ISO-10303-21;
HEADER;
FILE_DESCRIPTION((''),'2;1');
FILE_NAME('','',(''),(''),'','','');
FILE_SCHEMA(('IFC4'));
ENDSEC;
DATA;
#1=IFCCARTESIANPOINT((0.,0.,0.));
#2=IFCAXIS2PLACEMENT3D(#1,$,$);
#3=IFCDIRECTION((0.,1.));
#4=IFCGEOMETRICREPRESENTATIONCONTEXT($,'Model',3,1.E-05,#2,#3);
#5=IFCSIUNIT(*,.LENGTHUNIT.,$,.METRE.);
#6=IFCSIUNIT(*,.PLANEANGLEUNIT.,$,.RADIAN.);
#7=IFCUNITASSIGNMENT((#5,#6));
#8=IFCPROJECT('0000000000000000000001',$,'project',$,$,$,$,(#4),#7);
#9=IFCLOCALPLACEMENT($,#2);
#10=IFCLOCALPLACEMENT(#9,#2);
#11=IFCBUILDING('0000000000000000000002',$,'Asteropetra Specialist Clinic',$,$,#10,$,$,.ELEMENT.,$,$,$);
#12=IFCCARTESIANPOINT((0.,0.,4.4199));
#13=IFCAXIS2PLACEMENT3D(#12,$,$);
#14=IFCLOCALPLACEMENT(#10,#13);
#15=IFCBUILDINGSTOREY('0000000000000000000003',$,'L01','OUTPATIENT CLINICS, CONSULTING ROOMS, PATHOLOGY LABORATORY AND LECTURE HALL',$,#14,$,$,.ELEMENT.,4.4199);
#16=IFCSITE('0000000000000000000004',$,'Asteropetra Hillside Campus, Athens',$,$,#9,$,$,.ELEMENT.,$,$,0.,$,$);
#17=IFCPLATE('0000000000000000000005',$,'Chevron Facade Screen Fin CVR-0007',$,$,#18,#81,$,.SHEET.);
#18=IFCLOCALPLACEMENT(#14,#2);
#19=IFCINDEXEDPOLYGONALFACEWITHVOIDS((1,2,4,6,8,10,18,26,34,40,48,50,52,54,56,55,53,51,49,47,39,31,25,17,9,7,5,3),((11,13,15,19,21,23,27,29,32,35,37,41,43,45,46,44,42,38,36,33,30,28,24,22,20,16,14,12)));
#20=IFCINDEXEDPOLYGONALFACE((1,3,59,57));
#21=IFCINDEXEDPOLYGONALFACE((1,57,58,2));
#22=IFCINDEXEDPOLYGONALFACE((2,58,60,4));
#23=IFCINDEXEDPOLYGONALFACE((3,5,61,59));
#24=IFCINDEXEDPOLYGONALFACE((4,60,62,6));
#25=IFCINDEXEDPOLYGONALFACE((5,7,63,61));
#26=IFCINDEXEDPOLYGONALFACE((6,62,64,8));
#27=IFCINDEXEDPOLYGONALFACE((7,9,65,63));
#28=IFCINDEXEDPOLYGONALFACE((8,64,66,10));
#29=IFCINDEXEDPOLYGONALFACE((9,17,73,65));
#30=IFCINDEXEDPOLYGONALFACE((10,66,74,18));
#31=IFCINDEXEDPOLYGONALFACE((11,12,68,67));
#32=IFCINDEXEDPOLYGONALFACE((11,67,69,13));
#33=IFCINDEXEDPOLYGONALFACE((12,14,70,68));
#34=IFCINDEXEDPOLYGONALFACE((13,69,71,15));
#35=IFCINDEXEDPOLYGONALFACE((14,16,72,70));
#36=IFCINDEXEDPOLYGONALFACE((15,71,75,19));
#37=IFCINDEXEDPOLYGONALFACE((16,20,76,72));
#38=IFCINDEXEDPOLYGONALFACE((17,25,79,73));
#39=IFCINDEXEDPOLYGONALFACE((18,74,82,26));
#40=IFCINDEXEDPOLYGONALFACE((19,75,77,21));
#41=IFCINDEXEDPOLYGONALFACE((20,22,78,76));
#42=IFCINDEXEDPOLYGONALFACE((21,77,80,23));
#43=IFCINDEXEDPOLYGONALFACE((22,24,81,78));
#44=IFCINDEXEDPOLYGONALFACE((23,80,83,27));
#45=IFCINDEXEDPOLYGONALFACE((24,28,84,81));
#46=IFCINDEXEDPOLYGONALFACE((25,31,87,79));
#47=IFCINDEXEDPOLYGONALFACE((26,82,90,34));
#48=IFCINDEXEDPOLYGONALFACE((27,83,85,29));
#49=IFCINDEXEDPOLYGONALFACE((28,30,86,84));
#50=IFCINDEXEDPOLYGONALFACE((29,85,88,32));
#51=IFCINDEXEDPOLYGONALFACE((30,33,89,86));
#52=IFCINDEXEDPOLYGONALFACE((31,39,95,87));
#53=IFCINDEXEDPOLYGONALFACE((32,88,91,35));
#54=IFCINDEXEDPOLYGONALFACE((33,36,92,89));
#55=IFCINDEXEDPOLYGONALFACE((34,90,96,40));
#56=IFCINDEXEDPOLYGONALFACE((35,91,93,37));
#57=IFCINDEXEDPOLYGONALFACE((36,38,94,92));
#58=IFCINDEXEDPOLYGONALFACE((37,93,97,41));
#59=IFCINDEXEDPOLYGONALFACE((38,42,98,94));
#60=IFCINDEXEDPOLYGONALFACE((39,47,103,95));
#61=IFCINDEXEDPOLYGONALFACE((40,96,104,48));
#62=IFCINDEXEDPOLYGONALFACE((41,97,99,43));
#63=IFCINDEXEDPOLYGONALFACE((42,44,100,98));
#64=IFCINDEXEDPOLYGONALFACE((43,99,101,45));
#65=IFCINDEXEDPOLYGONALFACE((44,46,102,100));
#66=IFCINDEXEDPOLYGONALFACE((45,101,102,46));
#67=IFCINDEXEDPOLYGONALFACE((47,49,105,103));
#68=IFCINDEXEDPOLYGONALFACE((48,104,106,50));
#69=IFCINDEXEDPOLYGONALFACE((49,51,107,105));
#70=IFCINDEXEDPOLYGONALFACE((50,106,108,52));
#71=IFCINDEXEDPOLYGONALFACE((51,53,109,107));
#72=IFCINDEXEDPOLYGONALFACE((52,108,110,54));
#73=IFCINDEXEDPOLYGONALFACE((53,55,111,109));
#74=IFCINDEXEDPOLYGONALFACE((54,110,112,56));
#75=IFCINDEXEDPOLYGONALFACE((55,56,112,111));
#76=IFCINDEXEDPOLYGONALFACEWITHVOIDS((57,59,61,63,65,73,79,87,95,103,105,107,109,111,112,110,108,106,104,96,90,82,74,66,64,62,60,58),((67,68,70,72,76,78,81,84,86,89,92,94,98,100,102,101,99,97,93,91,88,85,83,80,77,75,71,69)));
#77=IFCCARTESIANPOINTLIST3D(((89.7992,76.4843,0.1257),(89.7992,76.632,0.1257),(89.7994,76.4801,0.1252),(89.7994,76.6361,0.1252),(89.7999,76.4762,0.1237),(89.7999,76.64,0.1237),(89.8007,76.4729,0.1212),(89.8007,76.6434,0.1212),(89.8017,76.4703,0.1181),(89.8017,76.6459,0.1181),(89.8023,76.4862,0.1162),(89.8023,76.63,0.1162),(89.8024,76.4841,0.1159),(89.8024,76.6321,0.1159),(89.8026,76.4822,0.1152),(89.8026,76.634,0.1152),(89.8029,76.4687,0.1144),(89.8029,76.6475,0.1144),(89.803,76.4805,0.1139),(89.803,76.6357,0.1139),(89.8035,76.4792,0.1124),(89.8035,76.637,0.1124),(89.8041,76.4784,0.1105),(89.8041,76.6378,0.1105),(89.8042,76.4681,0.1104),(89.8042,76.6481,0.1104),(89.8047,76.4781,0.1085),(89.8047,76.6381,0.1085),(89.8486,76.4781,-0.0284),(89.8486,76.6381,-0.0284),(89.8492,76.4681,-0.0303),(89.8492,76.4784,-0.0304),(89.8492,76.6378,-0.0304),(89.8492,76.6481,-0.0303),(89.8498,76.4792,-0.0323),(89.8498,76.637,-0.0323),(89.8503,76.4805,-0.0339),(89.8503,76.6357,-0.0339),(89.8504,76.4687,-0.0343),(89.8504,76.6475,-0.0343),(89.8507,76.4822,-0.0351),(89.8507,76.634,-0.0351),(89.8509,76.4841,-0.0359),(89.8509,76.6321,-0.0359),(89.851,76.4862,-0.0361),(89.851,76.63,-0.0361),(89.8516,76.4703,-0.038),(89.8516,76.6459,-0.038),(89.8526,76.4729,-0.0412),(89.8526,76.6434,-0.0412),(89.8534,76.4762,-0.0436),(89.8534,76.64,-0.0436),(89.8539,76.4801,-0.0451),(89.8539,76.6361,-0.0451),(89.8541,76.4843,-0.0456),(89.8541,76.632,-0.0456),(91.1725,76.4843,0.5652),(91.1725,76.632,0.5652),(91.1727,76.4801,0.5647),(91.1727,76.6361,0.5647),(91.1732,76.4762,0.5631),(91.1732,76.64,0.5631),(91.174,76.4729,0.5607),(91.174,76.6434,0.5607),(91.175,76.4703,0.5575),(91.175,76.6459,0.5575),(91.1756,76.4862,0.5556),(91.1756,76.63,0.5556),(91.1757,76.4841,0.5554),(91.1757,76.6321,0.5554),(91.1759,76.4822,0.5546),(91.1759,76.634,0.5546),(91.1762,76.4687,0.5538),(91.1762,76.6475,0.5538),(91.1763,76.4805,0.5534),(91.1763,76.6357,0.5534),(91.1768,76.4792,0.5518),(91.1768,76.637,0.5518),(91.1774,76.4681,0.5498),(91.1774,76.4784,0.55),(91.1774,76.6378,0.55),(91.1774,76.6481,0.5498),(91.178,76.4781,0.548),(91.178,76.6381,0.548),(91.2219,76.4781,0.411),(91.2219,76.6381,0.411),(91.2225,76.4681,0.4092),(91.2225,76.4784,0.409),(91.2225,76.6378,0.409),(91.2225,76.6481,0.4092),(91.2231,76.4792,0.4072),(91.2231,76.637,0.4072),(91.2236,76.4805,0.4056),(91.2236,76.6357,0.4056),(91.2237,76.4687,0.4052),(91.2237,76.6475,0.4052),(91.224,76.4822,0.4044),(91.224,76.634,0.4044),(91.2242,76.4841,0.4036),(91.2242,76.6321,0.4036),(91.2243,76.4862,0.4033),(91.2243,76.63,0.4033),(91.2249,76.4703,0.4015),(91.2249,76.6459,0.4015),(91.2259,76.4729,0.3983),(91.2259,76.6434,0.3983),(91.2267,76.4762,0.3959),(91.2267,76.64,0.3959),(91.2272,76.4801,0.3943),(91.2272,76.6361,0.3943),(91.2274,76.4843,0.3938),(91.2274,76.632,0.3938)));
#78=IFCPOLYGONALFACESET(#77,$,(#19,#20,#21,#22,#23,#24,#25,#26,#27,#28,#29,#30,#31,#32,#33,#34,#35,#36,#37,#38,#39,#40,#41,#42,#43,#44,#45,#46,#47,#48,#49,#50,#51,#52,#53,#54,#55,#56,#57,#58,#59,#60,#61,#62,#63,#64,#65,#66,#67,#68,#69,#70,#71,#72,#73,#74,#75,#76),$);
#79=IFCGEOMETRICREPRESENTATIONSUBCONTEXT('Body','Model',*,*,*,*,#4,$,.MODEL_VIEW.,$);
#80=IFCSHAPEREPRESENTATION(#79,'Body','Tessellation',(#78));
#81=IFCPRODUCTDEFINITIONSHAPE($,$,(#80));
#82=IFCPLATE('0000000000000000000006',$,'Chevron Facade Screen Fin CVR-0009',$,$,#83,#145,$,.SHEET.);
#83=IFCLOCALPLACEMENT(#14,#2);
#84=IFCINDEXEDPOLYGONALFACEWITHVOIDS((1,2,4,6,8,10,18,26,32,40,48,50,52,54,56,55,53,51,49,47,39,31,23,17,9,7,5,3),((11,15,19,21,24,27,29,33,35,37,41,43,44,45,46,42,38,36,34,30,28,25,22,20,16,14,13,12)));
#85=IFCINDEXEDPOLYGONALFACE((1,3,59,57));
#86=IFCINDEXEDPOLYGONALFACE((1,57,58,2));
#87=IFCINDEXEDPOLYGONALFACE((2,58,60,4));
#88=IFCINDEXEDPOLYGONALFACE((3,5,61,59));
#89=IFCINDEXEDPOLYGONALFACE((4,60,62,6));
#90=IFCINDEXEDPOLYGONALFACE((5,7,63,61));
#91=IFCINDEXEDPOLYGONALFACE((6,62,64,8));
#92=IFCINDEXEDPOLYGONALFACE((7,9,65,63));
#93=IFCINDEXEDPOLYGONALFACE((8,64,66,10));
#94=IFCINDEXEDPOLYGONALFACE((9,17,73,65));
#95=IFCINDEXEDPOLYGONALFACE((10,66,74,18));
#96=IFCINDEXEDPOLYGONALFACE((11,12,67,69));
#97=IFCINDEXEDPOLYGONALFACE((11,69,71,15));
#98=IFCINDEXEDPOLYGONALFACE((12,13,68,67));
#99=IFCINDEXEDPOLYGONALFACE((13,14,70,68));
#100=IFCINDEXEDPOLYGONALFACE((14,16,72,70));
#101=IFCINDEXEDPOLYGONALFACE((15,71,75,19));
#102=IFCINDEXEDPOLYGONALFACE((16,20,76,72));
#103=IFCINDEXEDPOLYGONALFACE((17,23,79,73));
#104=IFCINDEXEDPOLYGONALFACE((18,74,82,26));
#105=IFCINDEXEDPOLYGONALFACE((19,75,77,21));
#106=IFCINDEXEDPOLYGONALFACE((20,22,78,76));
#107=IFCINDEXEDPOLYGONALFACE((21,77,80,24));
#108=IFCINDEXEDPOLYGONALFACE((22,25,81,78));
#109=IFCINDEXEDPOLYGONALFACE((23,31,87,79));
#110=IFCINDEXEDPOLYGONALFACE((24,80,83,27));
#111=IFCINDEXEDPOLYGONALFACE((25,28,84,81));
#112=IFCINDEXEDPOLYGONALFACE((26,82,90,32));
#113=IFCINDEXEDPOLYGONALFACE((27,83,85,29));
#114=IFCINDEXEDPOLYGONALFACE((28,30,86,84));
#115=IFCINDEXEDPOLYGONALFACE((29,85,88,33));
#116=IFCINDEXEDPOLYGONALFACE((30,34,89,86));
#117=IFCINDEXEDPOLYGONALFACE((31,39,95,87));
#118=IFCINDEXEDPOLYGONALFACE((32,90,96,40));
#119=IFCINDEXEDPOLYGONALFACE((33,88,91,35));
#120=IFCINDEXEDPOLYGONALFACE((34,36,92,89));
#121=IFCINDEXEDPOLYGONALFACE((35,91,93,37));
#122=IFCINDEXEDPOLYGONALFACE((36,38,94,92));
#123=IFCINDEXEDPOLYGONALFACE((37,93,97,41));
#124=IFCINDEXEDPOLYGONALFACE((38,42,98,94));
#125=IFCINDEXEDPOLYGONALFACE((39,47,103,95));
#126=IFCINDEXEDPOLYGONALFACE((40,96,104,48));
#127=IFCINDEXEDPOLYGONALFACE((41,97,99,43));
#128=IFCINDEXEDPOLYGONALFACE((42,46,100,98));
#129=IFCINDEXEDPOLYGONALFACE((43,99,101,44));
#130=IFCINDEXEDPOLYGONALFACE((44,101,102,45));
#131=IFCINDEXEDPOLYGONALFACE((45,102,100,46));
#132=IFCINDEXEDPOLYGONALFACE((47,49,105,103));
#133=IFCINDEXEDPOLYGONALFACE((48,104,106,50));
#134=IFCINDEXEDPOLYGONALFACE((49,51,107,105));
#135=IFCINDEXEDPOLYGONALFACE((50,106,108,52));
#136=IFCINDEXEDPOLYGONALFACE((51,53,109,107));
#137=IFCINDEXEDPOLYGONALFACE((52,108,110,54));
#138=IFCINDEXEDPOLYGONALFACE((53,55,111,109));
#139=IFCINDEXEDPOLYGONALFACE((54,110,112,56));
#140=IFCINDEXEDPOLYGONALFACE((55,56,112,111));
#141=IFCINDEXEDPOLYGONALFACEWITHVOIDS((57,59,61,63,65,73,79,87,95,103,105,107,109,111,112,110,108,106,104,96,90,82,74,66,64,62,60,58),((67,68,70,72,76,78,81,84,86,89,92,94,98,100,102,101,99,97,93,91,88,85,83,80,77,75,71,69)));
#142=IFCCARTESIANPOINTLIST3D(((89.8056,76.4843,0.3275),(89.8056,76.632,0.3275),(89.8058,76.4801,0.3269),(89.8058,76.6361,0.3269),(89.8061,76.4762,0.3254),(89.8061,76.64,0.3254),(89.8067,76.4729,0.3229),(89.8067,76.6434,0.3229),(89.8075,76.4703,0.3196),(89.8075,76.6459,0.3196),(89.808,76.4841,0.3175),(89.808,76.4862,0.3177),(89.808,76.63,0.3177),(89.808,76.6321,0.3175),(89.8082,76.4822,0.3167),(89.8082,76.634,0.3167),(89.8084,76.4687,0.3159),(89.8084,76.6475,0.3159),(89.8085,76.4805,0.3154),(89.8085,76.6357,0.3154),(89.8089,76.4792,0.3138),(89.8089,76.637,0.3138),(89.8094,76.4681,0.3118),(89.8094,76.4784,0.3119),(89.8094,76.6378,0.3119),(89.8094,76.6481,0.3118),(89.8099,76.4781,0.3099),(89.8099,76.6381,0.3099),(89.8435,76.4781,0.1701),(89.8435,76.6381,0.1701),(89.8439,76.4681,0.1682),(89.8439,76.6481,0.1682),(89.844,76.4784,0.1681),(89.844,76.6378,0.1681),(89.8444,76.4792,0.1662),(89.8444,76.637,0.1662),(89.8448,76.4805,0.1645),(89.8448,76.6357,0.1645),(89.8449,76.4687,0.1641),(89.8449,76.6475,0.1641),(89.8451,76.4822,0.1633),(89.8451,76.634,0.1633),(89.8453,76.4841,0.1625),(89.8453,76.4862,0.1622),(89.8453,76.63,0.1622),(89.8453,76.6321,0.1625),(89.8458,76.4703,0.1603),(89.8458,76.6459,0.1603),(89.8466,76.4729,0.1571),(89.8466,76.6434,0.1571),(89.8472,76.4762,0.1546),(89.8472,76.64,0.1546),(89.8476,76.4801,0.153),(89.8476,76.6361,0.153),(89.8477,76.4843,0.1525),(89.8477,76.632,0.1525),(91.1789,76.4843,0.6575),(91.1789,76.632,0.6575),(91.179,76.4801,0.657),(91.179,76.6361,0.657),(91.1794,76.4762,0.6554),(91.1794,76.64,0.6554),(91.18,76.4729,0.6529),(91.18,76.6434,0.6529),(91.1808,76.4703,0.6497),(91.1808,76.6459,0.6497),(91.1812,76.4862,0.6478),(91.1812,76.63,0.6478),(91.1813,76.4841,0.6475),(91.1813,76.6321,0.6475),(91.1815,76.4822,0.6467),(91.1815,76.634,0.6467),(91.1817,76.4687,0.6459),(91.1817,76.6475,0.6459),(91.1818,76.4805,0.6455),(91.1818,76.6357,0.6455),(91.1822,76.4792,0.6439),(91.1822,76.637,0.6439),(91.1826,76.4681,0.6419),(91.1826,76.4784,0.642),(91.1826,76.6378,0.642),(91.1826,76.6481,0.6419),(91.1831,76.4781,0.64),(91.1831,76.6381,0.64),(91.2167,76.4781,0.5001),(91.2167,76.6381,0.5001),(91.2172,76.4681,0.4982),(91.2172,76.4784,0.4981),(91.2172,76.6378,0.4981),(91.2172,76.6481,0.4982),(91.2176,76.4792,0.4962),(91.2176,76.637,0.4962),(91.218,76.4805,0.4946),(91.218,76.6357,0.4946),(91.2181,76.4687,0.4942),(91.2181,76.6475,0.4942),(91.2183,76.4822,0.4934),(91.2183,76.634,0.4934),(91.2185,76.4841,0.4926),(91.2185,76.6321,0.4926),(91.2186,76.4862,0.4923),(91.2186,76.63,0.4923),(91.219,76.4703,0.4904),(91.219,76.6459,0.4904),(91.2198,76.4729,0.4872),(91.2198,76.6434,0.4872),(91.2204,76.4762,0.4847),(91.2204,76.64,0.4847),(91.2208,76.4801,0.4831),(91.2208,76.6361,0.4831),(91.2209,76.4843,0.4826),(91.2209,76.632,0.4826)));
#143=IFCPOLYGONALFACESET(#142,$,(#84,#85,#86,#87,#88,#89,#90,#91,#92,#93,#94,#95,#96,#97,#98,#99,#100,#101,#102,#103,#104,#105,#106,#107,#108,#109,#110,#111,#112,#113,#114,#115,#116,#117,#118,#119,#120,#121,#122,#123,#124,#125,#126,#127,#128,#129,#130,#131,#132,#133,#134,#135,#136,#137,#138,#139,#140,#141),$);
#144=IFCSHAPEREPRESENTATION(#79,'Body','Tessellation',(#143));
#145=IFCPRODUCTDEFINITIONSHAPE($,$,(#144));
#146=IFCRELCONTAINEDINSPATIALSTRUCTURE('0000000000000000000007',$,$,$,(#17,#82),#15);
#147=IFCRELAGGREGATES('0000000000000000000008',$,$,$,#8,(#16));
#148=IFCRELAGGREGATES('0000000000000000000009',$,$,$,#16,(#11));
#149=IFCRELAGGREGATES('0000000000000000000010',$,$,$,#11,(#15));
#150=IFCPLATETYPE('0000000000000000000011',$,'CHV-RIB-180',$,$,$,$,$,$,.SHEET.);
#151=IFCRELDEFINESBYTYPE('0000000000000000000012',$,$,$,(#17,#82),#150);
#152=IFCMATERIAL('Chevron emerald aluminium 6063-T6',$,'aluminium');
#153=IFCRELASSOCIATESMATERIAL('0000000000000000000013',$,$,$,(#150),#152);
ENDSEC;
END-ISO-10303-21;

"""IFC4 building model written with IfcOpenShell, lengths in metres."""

from ifc_helpers import new_model, si_unit, direction, frame, origin, origin_2d, place, context, subcontext, project, spatial, hollow_rectangle, extrude, material, material_profile, profile_set, type_object, element, save


model = new_model("IFC4")

# Units and contexts
model_context = context("Model", 3, precision=1e-05, world=origin(), true_north=direction((0.0, 1.0)))
body_context = subcontext(model_context, "Body", "Model", "MODEL_VIEW")
ifc_project = project(units=[si_unit("LENGTHUNIT", "METRE"), si_unit("PLANEANGLEUNIT", "RADIAN")], contexts=[model_context])

# Site, building, storey
site_placement = place(None, origin())
site = spatial("IfcSite", under=ifc_project, at=site_placement, Name="Asteropetra Hillside Campus, Athens", CompositionType="ELEMENT", RefElevation=0.0)
building_placement = place(site_placement, origin())
building = spatial("IfcBuilding", under=site, at=building_placement, Name="Asteropetra Specialist Clinic", CompositionType="ELEMENT")
storey_placement = place(building_placement, frame((0.0, 0.0, 4.4199)))
storey = spatial("IfcBuildingStorey", under=building, at=storey_placement, Name="L01", Description="OUTPATIENT CLINICS, CONSULTING ROOMS, PATHOLOGY LABORATORY AND LECTURE HALL", CompositionType="ELEMENT", Elevation=4.4199)

# Plates
ifc_material_1 = material(Name="Chevron emerald aluminium 6063-T6", Category="aluminium")
ifc_material_profile_1 = material_profile(ifc_material_1, hollow_rectangle(XDim=0.1799, YDim=0.1799, WallThickness=0.01, InnerFilletRadius=0.0081, OuterFilletRadius=0.0161, at=origin_2d()), Name="SHS 180x180x10.0")
ifc_profile_set_1 = profile_set([ifc_material_profile_1], Name="Chevron emerald aluminium 6063-T6")
plate_type = type_object("IfcPlateType", Name="CHV-RIB-180", PredefinedType="SHEET", material=ifc_profile_set_1)
plate_1_placement = place(storey_placement, frame((89.8267, 76.5581, 0.04), z_axis=(0.952424, 0.0, 0.304776), x_axis=(0.0, 1.0, 0.0)))
element("IfcPlate", 1, at=plate_1_placement, inside=storey, type_object=plate_type, Name="Chevron Facade Screen Fin CVR-0007", PredefinedType="SHEET", context=body_context, shape_type="SweptSolid", body=[
    extrude(hollow_rectangle(XDim=0.1799, YDim=0.1799, WallThickness=0.01, InnerFilletRadius=0.0081, OuterFilletRadius=0.0161, at=origin_2d()), origin(), (0.0, 0.0, 1.0), 1.4419),
])
plate_2_placement = place(storey_placement, frame((89.8267, 76.5581, 0.24), z_axis=(0.972309, 0.0, 0.2337), x_axis=(0.0, 1.0, 0.0)))
element("IfcPlate", 2, at=plate_2_placement, inside=storey, type_object=plate_type, Name="Chevron Facade Screen Fin CVR-0009", PredefinedType="SHEET", context=body_context, shape_type="SweptSolid", body=[
    extrude(hollow_rectangle(XDim=0.1799, YDim=0.1799, WallThickness=0.01, InnerFilletRadius=0.0081, OuterFilletRadius=0.0161, at=origin_2d()), origin(), (0.0, 0.0, 1.0), 1.4124),
])

save(model, "model.ifc")
